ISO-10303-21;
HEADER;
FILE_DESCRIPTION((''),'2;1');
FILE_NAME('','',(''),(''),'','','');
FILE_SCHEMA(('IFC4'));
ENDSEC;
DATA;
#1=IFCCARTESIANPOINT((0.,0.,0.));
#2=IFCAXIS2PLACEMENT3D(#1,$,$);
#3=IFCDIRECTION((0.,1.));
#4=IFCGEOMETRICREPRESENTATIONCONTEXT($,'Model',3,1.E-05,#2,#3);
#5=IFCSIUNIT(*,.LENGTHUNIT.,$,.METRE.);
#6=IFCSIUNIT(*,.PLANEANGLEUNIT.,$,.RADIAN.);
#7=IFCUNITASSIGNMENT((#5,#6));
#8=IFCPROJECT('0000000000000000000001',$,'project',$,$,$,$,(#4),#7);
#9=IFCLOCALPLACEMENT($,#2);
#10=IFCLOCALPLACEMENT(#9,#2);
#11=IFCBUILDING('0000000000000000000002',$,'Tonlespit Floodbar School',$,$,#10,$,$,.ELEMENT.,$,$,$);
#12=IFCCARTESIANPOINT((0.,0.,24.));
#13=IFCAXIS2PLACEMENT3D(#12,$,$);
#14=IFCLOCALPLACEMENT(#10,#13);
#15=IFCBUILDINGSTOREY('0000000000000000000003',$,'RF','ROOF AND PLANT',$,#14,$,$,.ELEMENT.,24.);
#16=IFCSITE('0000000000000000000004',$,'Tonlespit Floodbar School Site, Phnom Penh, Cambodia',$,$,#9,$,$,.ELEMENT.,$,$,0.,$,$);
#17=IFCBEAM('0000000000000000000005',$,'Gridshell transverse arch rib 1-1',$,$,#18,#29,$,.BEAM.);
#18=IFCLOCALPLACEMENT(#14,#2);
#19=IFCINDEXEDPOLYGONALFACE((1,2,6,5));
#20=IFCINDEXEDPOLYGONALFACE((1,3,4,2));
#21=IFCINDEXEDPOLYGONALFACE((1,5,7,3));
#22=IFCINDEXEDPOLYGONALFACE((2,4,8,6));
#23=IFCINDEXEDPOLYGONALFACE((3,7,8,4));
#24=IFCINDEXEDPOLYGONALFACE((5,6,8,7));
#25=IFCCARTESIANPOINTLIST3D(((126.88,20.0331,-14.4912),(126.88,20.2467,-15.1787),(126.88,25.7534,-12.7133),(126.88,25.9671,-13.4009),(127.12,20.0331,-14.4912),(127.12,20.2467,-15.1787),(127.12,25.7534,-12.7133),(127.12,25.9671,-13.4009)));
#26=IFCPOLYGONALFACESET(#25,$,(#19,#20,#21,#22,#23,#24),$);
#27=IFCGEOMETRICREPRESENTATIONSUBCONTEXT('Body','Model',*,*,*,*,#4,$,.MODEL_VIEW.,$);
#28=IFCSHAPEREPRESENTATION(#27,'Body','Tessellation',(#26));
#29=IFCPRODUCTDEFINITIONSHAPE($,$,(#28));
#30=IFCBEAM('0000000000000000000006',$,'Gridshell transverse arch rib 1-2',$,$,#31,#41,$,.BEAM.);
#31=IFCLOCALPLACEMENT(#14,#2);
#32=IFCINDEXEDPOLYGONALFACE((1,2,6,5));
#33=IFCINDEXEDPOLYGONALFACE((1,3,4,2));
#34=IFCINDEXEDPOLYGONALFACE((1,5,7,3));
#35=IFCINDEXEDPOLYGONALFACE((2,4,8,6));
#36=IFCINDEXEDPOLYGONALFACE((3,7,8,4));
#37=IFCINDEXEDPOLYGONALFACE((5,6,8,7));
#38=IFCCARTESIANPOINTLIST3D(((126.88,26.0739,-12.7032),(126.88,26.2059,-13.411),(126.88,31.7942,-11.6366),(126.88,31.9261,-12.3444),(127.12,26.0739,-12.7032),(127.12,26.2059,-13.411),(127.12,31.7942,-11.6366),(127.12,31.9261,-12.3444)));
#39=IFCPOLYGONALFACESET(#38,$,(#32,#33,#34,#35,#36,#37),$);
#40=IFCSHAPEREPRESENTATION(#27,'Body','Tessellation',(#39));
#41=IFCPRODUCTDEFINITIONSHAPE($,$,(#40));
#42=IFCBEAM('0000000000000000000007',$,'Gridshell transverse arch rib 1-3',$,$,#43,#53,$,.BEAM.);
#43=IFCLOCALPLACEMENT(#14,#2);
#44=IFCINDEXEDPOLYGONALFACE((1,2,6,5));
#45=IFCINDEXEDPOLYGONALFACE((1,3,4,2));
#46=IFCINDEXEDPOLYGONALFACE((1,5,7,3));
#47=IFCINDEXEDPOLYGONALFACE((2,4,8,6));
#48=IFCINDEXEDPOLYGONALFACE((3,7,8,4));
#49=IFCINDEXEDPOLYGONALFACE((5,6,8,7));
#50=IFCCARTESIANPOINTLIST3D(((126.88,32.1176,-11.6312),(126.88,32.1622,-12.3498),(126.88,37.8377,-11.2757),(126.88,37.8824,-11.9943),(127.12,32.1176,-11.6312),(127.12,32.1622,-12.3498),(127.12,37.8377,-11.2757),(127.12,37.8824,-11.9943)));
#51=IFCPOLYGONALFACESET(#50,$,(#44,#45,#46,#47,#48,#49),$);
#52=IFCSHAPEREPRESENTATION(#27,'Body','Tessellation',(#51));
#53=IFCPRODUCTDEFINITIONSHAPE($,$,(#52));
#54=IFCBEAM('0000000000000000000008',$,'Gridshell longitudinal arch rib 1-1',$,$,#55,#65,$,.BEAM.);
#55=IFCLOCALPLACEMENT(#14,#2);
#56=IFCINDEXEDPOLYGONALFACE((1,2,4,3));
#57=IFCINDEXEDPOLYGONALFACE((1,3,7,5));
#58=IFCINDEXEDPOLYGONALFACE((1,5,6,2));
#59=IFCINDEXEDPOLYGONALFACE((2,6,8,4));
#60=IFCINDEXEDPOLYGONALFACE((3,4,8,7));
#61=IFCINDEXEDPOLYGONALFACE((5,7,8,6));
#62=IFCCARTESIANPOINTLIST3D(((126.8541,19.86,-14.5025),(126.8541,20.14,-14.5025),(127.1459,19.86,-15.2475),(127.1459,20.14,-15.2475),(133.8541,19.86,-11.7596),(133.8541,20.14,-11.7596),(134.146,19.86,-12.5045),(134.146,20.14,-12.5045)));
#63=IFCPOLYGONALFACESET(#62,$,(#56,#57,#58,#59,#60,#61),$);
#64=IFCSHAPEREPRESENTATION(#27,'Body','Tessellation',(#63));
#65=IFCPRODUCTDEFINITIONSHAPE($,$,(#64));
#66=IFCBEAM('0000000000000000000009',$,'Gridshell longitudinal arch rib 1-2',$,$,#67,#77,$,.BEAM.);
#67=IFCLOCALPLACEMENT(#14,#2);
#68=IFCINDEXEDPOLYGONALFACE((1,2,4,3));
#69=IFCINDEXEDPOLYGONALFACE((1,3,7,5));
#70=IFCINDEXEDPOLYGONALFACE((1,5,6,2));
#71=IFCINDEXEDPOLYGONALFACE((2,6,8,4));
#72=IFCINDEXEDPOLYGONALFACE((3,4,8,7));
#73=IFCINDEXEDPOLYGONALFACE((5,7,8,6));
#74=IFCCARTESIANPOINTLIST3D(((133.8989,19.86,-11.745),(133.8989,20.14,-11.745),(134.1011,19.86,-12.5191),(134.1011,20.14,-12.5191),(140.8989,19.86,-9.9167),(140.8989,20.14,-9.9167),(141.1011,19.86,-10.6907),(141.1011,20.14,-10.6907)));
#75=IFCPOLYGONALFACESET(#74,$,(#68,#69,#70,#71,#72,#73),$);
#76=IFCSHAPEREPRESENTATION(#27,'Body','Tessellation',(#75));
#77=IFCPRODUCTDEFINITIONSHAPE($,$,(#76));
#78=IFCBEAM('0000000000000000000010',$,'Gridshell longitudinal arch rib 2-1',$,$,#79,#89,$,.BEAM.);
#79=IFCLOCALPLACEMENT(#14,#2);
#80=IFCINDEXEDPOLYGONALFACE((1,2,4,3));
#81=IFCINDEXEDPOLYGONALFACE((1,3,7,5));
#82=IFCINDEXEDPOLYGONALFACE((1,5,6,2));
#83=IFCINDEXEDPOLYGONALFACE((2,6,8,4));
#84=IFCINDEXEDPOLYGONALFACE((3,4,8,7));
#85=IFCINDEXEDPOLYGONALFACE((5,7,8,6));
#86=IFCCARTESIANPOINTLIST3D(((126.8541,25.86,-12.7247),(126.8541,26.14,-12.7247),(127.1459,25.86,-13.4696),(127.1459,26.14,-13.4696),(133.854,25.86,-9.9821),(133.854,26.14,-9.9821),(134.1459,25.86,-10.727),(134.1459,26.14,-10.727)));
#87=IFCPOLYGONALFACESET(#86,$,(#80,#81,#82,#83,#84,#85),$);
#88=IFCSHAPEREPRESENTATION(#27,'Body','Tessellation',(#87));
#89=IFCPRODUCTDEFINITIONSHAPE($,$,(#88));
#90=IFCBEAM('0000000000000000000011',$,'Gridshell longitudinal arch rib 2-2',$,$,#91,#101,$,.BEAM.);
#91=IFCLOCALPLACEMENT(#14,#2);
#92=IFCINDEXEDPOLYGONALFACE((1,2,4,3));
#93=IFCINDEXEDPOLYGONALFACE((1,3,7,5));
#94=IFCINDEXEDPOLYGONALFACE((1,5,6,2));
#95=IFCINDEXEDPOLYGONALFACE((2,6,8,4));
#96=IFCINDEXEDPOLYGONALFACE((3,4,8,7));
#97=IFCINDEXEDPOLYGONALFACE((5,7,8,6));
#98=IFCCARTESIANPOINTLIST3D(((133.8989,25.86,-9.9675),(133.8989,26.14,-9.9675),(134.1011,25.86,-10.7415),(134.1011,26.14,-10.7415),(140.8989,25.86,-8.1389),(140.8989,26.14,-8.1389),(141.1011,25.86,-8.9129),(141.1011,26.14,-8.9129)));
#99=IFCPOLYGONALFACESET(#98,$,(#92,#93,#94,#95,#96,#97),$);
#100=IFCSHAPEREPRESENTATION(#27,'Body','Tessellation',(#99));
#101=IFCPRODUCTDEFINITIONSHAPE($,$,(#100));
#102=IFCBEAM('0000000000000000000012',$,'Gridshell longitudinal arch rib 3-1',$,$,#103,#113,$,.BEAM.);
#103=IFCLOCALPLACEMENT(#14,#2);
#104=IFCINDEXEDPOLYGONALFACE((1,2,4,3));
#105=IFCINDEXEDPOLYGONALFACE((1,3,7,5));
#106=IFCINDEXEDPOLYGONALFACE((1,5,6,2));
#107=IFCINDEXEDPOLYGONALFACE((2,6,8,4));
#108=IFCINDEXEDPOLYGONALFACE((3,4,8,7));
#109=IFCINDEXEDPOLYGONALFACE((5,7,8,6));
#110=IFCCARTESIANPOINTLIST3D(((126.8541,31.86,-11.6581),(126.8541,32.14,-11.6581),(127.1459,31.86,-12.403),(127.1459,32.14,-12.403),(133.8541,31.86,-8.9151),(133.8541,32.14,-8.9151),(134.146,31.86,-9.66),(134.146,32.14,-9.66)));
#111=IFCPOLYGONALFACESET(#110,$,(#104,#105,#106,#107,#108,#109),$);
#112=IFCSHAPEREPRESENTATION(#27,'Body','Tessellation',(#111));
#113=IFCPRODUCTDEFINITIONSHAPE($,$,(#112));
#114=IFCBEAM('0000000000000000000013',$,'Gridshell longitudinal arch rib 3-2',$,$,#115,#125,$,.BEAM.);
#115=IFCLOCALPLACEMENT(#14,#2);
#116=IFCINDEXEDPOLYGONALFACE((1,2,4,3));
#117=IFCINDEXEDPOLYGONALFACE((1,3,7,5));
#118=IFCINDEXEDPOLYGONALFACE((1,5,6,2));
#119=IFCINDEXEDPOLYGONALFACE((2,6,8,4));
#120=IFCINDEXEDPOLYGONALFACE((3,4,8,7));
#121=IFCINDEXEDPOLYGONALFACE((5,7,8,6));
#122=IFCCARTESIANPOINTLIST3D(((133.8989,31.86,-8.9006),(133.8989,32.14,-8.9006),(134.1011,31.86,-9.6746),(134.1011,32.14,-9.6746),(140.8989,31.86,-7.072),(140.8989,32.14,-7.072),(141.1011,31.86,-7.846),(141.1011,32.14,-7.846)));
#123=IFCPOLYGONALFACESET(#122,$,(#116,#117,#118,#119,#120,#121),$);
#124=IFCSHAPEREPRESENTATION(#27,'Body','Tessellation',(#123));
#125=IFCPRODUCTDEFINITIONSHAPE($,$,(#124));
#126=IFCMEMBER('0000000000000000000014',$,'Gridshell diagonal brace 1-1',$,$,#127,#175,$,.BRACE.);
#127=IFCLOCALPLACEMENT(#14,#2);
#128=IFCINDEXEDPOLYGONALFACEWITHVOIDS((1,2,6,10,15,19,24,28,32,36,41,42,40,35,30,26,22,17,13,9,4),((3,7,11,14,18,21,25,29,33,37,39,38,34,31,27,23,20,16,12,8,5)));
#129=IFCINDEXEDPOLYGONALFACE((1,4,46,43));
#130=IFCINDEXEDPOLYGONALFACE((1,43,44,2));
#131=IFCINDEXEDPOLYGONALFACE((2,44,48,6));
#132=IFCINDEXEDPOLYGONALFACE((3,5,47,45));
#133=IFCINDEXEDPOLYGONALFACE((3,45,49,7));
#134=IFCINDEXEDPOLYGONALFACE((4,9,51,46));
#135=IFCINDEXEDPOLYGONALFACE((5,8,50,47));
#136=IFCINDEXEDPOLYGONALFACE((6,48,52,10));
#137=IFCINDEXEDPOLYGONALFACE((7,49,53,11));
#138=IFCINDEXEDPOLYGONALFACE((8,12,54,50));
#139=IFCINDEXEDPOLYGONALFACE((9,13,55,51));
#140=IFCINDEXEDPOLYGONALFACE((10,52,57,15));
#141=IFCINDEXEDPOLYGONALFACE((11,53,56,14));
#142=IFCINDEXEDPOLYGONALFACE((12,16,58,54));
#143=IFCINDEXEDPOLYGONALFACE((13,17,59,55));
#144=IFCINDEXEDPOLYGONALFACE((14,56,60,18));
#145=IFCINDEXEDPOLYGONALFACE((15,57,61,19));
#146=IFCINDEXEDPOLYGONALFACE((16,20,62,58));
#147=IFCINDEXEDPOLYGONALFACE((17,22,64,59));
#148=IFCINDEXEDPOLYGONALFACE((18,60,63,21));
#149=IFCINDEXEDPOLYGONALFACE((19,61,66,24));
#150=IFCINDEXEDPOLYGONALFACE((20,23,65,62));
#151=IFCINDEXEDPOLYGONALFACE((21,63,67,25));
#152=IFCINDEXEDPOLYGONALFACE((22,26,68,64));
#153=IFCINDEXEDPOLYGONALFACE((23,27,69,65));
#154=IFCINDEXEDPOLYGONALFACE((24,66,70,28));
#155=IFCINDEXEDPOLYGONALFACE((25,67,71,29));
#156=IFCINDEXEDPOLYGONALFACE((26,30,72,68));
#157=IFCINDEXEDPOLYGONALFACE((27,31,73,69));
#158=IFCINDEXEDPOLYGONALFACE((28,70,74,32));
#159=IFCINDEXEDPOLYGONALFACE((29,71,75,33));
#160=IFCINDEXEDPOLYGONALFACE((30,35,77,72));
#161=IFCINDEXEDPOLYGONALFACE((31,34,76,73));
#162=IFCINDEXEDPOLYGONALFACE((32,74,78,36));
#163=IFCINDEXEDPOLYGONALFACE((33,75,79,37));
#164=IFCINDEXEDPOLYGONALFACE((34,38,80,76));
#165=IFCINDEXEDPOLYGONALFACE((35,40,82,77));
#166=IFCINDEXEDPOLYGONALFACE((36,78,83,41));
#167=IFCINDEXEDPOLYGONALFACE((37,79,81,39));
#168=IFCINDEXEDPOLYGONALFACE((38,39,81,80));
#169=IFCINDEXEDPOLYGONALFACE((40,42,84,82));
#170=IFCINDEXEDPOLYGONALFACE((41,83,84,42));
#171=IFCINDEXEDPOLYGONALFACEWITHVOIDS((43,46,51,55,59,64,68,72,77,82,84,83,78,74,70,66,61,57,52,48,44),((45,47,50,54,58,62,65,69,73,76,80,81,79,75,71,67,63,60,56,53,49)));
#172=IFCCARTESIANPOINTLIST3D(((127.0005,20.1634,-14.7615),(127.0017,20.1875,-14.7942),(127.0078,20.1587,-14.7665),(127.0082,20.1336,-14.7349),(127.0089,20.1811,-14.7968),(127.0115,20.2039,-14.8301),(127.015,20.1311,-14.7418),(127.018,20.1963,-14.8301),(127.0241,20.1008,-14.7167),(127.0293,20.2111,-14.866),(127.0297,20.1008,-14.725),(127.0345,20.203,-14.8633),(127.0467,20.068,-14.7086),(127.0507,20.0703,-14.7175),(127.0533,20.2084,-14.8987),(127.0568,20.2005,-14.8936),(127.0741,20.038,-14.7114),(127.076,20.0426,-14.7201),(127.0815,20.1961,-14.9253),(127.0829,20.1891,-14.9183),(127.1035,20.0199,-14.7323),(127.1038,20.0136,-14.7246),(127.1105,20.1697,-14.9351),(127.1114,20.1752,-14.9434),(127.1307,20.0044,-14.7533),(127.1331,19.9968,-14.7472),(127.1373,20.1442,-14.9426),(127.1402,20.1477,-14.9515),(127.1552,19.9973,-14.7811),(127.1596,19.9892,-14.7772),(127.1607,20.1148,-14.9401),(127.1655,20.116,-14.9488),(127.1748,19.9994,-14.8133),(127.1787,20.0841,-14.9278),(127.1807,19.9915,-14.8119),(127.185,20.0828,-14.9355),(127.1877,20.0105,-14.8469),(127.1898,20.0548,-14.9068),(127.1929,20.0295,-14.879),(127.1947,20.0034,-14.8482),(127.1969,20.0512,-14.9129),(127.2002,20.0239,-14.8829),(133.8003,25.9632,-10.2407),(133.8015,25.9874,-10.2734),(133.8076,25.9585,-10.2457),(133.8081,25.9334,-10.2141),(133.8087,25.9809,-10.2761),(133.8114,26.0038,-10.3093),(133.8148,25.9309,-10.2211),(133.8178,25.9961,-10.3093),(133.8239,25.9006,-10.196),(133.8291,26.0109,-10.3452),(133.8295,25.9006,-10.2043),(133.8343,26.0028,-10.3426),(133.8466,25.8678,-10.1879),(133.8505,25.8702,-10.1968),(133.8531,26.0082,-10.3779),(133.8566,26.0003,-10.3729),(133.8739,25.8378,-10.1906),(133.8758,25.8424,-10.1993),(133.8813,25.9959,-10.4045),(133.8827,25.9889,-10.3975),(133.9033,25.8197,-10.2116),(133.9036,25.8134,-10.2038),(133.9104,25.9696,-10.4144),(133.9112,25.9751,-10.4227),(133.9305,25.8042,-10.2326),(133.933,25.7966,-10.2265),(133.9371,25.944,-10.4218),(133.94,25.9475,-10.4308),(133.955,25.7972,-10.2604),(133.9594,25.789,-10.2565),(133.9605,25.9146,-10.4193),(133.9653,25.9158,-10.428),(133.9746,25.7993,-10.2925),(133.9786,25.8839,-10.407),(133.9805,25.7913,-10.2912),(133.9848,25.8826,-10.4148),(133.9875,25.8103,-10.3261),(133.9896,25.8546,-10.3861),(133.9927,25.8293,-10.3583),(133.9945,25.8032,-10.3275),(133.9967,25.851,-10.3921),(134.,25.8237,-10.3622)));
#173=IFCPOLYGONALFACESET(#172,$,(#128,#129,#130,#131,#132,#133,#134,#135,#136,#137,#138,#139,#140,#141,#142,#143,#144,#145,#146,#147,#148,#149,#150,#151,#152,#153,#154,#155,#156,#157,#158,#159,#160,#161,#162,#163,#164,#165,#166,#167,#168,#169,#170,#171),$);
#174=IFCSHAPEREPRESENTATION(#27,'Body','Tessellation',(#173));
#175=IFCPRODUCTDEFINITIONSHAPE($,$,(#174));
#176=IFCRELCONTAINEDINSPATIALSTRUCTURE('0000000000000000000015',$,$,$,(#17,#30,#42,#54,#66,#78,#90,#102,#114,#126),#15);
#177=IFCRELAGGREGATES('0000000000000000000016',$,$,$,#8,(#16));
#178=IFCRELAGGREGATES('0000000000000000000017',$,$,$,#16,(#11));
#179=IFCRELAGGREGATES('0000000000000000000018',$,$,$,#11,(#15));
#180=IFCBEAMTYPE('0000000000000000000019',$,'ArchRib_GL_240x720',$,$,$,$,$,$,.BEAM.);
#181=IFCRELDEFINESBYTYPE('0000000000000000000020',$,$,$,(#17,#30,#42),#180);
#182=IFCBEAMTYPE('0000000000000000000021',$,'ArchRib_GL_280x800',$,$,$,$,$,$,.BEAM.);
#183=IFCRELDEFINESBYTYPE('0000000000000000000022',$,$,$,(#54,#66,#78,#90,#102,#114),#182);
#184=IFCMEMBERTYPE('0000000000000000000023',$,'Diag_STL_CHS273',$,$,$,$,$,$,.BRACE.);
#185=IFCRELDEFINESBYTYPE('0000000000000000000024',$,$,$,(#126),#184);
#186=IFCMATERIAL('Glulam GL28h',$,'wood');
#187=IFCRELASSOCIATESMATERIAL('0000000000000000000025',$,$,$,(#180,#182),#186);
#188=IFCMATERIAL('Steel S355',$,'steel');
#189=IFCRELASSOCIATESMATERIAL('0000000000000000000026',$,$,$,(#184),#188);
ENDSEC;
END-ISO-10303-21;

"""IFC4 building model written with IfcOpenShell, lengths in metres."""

from ifc_helpers import new_model, si_unit, direction, frame, origin, origin_2d, place, context, subcontext, project, spatial, rectangle, hollow_circle, extrude, material, material_profile, profile_set, type_object, element, save


model = new_model("IFC4")

# Units and contexts
model_context = context("Model", 3, precision=1e-05, world=origin(), true_north=direction((0.0, 1.0)))
body_context = subcontext(model_context, "Body", "Model", "MODEL_VIEW")
ifc_project = project(units=[si_unit("LENGTHUNIT", "METRE"), si_unit("PLANEANGLEUNIT", "RADIAN")], contexts=[model_context])

# Site, building, storey
site_placement = place(None, origin())
site = spatial("IfcSite", under=ifc_project, at=site_placement, Name="Tonlespit Floodbar School Site, Phnom Penh, Cambodia", CompositionType="ELEMENT", RefElevation=0.0)
building_placement = place(site_placement, origin())
building = spatial("IfcBuilding", under=site, at=building_placement, Name="Tonlespit Floodbar School", CompositionType="ELEMENT")
storey_placement = place(building_placement, frame((0.0, 0.0, 24.0)))
storey = spatial("IfcBuildingStorey", under=building, at=storey_placement, Name="RF", Description="ROOF AND PLANT", CompositionType="ELEMENT", Elevation=24.0)

# Beams
ifc_material_1 = material(Name="Glulam GL28h", Category="wood")
ifc_material_profile_1 = material_profile(ifc_material_1, rectangle(XDim=0.24, YDim=0.72, at=origin_2d()), Name="GL 240x720")
ifc_profile_set_1 = profile_set([ifc_material_profile_1], Name="Glulam GL28h")
beam_type_1 = type_object("IfcBeamType", Name="ArchRib_GL_240x720", PredefinedType="BEAM", material=ifc_profile_set_1)
beam_1_placement = place(storey_placement, frame((127.0, 20.1399, -14.835), z_axis=(0.0, 0.954942, 0.296794), x_axis=(-1.0, 0.0, 0.0)))
element("IfcBeam", 1, at=beam_1_placement, inside=storey, type_object=beam_type_1, Name="Gridshell transverse arch rib 1-1", PredefinedType="BEAM", context=body_context, shape_type="SweptSolid", body=[
    extrude(rectangle(XDim=0.24, YDim=0.72, at=origin_2d()), origin(), (0.0, 0.0, 1.0), 5.9902),
])
beam_2_placement = place(storey_placement, frame((127.0, 26.1399, -13.0571), z_axis=(0.0, 0.983055, 0.183311), x_axis=(-1.0, 0.0, 0.0)))
element("IfcBeam", 2, at=beam_2_placement, inside=storey, type_object=beam_type_1, Name="Gridshell transverse arch rib 1-2", PredefinedType="BEAM", context=body_context, shape_type="SweptSolid", body=[
    extrude(rectangle(XDim=0.24, YDim=0.72, at=origin_2d()), origin(), (0.0, 0.0, 1.0), 5.8188),
])
beam_3_placement = place(storey_placement, frame((127.0, 32.1399, -11.9905), z_axis=(0.0, 0.998075, 0.062023), x_axis=(-1.0, 0.0, 0.0)))
element("IfcBeam", 3, at=beam_3_placement, inside=storey, type_object=beam_type_1, Name="Gridshell transverse arch rib 1-3", PredefinedType="BEAM", context=body_context, shape_type="SweptSolid", body=[
    extrude(rectangle(XDim=0.24, YDim=0.72, at=origin_2d()), origin(), (0.0, 0.0, 1.0), 5.7312),
])
ifc_material_profile_2 = material_profile(ifc_material_1, rectangle(XDim=0.28, YDim=0.8, at=origin_2d()), Name="GL 280x800")
ifc_profile_set_2 = profile_set([ifc_material_profile_2], Name="Glulam GL28h")
beam_type_2 = type_object("IfcBeamType", Name="ArchRib_GL_280x800", PredefinedType="BEAM", material=ifc_profile_set_2)
beam_4_placement = place(storey_placement, frame((127.0, 20.0, -14.875), z_axis=(0.931072, 0.0, 0.364836), x_axis=(0.0, 1.0, 0.0)))
element("IfcBeam", 4, at=beam_4_placement, inside=storey, type_object=beam_type_2, Name="Gridshell longitudinal arch rib 1-1", PredefinedType="BEAM", context=body_context, shape_type="SweptSolid", body=[
    extrude(rectangle(XDim=0.28, YDim=0.8, at=origin_2d()), origin(), (0.0, 0.0, 1.0), 7.5183),
])
beam_5_placement = place(storey_placement, frame((134.0, 20.0, -12.1321), z_axis=(0.96754, 0.0, 0.252717), x_axis=(0.0, 1.0, 0.0)))
element("IfcBeam", 5, at=beam_5_placement, inside=storey, type_object=beam_type_2, Name="Gridshell longitudinal arch rib 1-2", PredefinedType="BEAM", context=body_context, shape_type="SweptSolid", body=[
    extrude(rectangle(XDim=0.28, YDim=0.8, at=origin_2d()), origin(), (0.0, 0.0, 1.0), 7.2349),
])
beam_6_placement = place(storey_placement, frame((127.0, 26.0, -13.0972), z_axis=(0.931083, 0.0, 0.364808), x_axis=(0.0, 1.0, 0.0)))
element("IfcBeam", 6, at=beam_6_placement, inside=storey, type_object=beam_type_2, Name="Gridshell longitudinal arch rib 2-1", PredefinedType="BEAM", context=body_context, shape_type="SweptSolid", body=[
    extrude(rectangle(XDim=0.28, YDim=0.8, at=origin_2d()), origin(), (0.0, 0.0, 1.0), 7.5181),
])
beam_7_placement = place(storey_placement, frame((134.0, 26.0, -10.3545), z_axis=(0.967532, 0.0, 0.252749), x_axis=(0.0, 1.0, 0.0)))
element("IfcBeam", 7, at=beam_7_placement, inside=storey, type_object=beam_type_2, Name="Gridshell longitudinal arch rib 2-2", PredefinedType="BEAM", context=body_context, shape_type="SweptSolid", body=[
    extrude(rectangle(XDim=0.28, YDim=0.8, at=origin_2d()), origin(), (0.0, 0.0, 1.0), 7.2349),
])
beam_8_placement = place(storey_placement, frame((127.0, 32.0, -12.0305), z_axis=(0.931072, 0.0, 0.364836), x_axis=(0.0, 1.0, 0.0)))
element("IfcBeam", 8, at=beam_8_placement, inside=storey, type_object=beam_type_2, Name="Gridshell longitudinal arch rib 3-1", PredefinedType="BEAM", context=body_context, shape_type="SweptSolid", body=[
    extrude(rectangle(XDim=0.28, YDim=0.8, at=origin_2d()), origin(), (0.0, 0.0, 1.0), 7.5183),
])
beam_9_placement = place(storey_placement, frame((134.0, 32.0, -9.2876), z_axis=(0.967532, 0.0, 0.252749), x_axis=(0.0, 1.0, 0.0)))
element("IfcBeam", 9, at=beam_9_placement, inside=storey, type_object=beam_type_2, Name="Gridshell longitudinal arch rib 3-2", PredefinedType="BEAM", context=body_context, shape_type="SweptSolid", body=[
    extrude(rectangle(XDim=0.28, YDim=0.8, at=origin_2d()), origin(), (0.0, 0.0, 1.0), 7.2349),
])

# Member
ifc_material_2 = material(Name="Steel S355", Category="steel")
ifc_material_profile_3 = material_profile(ifc_material_2, hollow_circle(Radius=0.1365, WallThickness=0.01, at=origin_2d()), Name="CHS 273x10")
ifc_profile_set_3 = profile_set([ifc_material_profile_3], Name="Steel S355")
member_type = type_object("IfcMemberType", Name="Diag_STL_CHS273", PredefinedType="BRACE", material=ifc_profile_set_3)
member_1_placement = place(storey_placement, frame((127.1001, 20.1001, -14.8301), z_axis=(0.678921, 0.579077, 0.451371), x_axis=(-0.648945, 0.760836, 0.0)))
element("IfcMember", 10, at=member_1_placement, inside=storey, type_object=member_type, Name="Gridshell diagonal brace 1-1", PredefinedType="BRACE", context=body_context, shape_type="SweptSolid", body=[
    extrude(hollow_circle(Radius=0.1365, WallThickness=0.01, at=origin_2d()), origin(), (0.0, 0.0, 1.0), 10.0156),
])

save(model, "model.ifc")
